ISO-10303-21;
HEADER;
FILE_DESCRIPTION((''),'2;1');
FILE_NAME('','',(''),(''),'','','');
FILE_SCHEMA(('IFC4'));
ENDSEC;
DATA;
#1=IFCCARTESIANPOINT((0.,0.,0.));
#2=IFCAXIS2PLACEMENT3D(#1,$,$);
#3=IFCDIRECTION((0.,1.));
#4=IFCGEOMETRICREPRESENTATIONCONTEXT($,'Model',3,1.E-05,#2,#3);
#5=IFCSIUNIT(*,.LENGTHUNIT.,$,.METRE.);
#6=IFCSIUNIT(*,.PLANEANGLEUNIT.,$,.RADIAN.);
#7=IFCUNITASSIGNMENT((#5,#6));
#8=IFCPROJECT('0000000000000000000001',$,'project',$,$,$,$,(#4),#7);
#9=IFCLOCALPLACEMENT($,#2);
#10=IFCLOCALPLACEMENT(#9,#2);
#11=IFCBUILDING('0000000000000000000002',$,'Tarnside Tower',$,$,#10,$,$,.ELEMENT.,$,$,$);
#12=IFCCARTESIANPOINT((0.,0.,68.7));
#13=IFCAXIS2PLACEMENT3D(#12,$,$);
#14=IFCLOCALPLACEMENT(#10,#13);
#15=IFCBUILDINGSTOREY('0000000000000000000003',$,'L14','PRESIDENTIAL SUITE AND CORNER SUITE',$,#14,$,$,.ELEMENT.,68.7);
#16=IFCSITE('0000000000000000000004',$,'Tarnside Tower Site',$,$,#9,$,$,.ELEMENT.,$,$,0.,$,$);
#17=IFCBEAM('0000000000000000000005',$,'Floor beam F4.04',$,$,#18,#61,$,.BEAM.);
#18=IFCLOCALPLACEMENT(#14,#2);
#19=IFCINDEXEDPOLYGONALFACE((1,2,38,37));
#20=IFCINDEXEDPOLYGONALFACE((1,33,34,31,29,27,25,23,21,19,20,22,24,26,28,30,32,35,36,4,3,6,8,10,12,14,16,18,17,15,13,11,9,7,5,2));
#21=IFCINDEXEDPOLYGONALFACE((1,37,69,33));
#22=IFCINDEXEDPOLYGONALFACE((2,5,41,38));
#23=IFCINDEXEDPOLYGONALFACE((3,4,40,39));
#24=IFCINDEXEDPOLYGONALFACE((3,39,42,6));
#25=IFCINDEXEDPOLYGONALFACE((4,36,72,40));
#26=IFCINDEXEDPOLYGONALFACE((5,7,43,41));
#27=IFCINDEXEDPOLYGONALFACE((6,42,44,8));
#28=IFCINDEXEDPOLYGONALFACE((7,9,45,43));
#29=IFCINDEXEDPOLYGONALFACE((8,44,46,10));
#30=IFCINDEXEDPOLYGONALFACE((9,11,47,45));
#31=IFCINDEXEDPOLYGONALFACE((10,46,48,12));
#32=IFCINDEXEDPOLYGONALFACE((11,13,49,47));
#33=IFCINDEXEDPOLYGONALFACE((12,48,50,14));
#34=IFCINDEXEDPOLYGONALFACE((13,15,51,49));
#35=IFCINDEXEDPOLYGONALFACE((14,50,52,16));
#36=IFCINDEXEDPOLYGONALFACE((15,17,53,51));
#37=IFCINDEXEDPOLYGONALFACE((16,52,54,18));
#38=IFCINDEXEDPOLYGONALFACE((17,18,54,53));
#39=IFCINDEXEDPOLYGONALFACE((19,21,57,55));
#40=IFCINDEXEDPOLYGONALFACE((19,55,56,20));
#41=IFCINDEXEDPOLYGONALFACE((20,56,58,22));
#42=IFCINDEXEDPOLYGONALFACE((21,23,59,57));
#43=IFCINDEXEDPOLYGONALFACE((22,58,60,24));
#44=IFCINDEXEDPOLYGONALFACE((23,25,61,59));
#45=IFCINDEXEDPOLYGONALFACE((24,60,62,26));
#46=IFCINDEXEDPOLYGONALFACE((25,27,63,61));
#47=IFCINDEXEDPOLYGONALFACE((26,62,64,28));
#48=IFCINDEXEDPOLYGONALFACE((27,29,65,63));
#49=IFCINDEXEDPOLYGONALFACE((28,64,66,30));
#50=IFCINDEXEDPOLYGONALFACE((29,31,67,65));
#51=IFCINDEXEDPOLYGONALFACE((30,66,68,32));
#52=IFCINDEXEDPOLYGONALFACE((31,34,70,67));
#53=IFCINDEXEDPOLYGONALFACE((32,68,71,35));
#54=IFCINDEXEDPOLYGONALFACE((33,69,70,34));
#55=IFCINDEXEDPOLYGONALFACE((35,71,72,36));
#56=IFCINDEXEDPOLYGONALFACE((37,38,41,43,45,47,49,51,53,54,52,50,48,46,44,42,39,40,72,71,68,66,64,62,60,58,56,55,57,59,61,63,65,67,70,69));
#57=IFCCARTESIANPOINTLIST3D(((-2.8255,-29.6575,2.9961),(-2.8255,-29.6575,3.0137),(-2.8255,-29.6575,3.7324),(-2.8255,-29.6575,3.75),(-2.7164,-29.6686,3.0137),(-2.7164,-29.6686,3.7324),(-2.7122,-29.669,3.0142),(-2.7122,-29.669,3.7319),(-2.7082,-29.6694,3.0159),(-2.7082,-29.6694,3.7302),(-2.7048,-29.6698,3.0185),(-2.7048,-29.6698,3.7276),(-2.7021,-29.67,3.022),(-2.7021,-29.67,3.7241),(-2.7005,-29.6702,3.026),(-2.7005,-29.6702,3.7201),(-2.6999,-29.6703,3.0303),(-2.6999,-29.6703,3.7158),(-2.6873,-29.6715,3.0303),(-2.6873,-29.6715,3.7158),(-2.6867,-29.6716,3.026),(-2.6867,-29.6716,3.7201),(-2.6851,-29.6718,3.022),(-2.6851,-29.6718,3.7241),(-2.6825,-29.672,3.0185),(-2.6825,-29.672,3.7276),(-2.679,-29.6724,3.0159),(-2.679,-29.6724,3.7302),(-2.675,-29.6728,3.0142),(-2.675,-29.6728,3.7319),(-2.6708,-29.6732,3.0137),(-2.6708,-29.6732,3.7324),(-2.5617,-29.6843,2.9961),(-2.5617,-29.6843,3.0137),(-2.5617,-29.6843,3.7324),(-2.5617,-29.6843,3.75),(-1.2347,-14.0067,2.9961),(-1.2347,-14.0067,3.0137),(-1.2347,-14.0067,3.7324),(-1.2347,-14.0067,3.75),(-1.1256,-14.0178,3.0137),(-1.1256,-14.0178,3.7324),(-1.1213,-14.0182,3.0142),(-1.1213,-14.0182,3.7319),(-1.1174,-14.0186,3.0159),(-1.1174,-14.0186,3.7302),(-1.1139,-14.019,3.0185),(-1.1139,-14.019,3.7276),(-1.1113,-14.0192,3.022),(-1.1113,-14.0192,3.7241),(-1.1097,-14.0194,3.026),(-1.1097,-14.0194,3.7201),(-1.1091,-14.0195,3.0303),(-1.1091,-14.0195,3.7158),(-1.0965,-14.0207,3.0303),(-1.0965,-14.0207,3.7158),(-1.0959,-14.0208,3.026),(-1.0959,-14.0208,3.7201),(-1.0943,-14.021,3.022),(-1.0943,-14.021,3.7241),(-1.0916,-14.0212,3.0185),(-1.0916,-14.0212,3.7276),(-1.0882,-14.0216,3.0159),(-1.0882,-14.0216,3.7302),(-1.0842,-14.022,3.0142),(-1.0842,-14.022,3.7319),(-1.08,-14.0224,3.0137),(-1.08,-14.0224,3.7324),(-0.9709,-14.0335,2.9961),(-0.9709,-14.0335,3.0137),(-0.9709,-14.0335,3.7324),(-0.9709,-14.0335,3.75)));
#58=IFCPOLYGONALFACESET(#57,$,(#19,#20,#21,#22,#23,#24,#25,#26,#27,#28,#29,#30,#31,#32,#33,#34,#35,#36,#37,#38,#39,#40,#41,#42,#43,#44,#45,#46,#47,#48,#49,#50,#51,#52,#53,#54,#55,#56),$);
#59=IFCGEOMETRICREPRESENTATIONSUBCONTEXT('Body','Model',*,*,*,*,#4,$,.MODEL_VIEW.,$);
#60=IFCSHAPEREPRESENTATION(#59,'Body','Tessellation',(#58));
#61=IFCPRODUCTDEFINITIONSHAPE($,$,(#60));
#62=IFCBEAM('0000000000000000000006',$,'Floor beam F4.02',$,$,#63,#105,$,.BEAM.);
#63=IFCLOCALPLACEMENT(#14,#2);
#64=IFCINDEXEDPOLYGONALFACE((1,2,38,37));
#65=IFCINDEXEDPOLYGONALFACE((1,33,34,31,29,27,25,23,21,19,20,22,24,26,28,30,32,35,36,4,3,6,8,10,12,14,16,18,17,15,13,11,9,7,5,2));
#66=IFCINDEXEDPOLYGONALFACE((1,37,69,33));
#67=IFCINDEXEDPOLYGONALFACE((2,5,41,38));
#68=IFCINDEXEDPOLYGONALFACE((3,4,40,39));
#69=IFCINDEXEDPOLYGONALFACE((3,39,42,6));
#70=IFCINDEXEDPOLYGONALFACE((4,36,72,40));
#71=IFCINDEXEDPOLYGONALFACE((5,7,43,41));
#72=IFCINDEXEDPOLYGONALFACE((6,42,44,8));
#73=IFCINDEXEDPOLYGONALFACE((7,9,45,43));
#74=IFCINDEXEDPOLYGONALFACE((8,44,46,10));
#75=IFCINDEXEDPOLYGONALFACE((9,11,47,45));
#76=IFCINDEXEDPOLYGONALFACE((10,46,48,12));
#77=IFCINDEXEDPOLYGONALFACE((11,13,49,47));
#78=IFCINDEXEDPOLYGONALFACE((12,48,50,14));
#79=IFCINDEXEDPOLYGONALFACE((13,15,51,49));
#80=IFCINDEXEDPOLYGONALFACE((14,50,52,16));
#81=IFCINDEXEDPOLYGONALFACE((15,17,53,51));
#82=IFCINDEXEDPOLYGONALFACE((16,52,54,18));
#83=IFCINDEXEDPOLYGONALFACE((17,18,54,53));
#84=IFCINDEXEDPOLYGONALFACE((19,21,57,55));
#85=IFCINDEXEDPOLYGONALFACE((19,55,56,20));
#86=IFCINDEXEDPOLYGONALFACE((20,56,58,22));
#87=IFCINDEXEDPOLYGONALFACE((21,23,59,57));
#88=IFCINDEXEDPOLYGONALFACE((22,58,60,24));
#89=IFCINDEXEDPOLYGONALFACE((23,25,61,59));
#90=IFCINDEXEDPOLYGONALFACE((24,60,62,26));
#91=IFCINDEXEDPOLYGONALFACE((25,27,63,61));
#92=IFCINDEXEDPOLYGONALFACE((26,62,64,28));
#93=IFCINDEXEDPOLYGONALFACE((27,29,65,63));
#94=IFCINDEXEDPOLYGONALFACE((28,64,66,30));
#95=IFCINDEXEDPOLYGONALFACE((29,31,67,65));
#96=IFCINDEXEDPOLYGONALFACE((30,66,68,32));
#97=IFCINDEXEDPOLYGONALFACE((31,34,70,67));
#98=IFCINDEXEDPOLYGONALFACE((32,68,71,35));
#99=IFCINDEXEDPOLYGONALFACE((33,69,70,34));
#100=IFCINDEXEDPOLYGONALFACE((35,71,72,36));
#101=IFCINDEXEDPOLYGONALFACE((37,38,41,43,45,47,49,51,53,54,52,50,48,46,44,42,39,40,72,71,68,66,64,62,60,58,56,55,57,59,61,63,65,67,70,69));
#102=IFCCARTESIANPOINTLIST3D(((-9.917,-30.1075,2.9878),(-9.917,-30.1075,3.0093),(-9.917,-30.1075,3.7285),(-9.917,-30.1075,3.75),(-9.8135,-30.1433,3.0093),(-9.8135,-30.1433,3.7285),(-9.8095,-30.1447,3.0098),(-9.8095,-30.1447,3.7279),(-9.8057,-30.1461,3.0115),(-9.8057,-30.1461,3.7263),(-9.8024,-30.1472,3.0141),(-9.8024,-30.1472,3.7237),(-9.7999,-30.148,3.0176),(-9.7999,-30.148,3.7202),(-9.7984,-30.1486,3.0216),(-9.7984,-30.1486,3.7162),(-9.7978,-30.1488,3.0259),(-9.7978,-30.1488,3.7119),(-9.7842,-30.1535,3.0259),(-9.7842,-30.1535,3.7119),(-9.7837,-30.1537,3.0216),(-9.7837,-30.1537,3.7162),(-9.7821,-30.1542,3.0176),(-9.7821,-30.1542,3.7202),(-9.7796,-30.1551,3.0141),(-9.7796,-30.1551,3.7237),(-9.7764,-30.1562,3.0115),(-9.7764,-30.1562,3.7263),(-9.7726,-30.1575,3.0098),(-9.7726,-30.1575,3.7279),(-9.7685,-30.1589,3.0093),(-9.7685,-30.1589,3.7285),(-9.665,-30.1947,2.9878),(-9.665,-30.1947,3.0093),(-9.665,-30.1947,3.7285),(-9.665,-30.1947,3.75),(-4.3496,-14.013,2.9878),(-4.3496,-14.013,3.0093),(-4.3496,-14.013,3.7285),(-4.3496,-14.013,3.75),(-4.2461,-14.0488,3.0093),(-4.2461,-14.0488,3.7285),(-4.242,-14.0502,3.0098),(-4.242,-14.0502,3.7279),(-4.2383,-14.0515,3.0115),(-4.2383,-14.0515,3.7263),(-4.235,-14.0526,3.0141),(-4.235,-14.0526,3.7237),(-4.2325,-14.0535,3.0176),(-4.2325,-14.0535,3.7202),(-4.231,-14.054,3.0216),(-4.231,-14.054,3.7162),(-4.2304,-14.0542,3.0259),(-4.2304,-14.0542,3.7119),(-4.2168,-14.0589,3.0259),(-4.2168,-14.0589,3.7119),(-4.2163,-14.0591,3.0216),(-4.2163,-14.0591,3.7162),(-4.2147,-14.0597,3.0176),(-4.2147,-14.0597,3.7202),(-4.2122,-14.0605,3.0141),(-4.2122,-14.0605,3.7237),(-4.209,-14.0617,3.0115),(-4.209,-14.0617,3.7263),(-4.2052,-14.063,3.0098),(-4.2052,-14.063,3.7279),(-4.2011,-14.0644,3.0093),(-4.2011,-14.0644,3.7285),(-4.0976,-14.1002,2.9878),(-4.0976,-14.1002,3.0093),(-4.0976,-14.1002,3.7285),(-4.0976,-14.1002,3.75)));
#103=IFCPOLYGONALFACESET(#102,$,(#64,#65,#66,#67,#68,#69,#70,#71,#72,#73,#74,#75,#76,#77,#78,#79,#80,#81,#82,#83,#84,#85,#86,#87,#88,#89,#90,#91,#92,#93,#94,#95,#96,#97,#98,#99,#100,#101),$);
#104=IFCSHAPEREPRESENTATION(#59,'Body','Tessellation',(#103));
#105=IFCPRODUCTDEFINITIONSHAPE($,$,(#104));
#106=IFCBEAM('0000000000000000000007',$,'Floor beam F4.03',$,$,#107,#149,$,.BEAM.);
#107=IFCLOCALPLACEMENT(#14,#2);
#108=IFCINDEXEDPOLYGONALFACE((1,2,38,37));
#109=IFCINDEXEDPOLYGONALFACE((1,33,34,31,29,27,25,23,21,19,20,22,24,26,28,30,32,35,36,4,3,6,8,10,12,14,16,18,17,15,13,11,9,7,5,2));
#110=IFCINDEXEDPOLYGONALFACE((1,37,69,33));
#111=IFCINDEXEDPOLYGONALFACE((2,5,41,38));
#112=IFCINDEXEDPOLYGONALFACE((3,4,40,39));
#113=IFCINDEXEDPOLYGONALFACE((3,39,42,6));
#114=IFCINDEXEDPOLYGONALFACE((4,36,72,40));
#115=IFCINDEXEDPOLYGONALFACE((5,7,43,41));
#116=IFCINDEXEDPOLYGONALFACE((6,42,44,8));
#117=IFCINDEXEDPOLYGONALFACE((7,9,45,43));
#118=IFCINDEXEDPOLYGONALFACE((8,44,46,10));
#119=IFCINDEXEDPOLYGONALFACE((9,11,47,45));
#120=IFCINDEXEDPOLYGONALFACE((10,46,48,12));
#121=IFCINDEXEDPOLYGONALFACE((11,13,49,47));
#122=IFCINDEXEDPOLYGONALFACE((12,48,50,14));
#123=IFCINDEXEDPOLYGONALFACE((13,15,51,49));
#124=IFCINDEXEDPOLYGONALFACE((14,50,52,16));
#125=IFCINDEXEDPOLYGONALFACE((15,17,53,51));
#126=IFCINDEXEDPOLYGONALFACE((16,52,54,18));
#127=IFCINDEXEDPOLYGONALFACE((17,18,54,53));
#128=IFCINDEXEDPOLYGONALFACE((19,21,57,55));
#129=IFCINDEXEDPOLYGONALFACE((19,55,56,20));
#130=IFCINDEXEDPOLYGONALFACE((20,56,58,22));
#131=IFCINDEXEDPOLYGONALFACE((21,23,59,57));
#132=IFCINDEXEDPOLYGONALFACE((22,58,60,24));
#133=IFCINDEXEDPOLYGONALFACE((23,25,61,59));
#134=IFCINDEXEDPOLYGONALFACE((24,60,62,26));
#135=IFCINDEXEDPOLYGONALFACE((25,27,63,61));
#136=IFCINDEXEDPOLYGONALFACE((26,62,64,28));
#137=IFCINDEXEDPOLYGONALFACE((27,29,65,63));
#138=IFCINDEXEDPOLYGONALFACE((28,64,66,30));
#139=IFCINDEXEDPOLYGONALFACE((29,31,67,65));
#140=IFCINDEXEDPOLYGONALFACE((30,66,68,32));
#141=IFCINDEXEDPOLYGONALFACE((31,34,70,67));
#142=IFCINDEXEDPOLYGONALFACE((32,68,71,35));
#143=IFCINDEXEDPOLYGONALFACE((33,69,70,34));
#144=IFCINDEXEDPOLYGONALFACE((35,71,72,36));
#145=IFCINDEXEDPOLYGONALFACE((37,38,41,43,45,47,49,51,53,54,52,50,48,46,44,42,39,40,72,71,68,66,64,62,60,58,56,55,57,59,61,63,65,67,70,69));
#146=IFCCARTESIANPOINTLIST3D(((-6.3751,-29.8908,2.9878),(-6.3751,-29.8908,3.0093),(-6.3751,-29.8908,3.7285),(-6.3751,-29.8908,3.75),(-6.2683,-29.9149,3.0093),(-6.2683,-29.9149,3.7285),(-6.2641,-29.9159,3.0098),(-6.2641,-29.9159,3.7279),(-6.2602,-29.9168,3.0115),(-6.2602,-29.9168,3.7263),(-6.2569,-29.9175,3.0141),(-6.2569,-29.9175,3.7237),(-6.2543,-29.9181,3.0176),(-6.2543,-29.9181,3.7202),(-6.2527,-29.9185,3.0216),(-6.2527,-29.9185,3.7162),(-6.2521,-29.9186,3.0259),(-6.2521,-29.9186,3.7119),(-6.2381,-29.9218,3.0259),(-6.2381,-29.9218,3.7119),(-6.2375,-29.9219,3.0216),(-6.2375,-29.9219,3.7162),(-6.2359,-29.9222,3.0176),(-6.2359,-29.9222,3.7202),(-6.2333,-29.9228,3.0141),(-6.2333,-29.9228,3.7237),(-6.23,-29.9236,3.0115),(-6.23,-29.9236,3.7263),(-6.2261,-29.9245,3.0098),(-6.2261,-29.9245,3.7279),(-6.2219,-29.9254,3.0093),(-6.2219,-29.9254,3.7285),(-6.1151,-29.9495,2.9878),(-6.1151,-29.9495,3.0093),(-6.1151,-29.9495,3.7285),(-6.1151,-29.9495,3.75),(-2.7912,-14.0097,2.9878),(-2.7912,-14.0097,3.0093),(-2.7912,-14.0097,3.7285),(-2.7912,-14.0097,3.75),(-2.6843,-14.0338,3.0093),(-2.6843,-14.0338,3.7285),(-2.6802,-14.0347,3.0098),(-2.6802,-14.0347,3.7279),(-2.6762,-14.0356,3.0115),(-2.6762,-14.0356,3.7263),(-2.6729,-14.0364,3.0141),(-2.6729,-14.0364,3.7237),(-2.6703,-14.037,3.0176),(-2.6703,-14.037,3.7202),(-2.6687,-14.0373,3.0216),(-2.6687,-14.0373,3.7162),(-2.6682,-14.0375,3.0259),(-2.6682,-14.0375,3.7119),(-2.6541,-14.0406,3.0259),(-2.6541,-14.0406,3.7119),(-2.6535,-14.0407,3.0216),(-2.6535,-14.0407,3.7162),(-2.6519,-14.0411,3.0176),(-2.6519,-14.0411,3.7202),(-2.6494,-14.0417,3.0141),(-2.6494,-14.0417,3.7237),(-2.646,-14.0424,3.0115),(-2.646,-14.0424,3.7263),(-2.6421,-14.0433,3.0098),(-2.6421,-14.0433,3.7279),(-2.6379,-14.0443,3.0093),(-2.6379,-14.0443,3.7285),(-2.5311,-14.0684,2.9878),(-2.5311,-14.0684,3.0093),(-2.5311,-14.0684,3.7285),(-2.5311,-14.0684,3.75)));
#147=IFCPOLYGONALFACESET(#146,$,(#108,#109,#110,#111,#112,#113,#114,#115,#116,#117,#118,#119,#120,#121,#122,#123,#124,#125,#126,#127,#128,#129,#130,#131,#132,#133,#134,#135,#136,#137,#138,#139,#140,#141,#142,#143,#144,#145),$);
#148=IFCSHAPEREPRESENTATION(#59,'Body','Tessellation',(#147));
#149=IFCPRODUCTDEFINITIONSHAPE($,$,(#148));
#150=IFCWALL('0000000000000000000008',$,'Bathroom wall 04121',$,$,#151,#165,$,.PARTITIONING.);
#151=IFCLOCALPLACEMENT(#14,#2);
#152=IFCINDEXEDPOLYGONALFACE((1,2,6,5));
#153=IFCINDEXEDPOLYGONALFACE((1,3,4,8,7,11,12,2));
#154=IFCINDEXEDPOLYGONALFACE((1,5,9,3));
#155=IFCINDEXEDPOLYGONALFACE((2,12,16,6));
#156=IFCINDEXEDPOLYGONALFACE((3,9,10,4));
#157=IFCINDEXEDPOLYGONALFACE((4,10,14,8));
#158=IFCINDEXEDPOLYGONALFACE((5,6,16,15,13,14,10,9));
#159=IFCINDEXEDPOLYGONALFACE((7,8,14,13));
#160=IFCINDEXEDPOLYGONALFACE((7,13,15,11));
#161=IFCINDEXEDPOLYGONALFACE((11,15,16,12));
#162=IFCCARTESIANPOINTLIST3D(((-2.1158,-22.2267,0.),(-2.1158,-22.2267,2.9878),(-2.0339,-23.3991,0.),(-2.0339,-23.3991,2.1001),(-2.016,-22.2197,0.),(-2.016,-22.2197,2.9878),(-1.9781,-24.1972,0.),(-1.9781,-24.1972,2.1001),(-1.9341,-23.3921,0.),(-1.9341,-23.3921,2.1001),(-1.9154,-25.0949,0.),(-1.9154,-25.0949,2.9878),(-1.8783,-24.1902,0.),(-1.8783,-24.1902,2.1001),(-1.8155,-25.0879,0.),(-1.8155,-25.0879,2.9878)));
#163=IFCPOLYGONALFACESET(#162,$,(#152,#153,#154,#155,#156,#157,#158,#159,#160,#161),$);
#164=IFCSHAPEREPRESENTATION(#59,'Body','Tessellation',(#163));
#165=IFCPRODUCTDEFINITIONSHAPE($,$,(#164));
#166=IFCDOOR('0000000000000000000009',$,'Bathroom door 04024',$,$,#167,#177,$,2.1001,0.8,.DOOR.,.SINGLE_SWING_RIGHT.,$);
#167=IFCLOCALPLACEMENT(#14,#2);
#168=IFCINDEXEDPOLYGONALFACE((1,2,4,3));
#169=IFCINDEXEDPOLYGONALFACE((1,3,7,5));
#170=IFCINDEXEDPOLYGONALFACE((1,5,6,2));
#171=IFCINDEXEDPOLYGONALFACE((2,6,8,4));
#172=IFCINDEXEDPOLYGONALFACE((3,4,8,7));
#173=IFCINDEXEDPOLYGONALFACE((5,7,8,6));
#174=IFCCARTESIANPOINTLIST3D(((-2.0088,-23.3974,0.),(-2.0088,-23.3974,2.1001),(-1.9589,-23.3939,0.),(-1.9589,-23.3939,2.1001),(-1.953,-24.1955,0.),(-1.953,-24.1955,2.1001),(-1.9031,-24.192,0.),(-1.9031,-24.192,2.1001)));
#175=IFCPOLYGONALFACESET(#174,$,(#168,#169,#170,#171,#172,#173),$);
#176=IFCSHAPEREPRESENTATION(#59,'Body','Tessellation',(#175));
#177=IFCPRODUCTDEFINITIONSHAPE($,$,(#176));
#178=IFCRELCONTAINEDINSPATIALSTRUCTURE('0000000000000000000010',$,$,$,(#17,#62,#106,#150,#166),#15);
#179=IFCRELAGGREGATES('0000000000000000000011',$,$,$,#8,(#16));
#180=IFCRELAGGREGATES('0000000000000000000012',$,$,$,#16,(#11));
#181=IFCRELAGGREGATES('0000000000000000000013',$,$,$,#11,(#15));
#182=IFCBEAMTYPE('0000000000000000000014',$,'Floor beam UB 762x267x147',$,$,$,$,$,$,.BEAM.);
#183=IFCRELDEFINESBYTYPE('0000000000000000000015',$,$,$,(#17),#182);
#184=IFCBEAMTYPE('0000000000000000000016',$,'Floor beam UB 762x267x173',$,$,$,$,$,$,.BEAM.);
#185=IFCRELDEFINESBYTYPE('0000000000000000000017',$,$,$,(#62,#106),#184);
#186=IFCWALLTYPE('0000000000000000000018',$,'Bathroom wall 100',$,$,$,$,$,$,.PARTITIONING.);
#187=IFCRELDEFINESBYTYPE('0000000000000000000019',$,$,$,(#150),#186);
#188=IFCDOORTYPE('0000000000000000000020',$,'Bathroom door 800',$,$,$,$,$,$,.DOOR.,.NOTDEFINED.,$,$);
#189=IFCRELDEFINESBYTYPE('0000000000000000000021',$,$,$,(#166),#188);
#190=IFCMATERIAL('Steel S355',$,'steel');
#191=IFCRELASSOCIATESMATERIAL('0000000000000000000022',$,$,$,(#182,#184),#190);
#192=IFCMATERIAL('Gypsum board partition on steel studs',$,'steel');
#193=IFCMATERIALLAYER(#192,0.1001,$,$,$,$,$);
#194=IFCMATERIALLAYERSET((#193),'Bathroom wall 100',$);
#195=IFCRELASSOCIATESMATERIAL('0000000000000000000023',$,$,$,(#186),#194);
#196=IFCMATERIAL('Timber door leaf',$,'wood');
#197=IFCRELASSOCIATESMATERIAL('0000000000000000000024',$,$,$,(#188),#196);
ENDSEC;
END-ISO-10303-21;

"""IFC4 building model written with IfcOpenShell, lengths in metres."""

from ifc_helpers import new_model, si_unit, direction, frame, frame_2d, origin, origin_2d, place, context, subcontext, project, spatial, rectangle, i_section, extrude, material, layer, layer_set, material_profile, profile_set, type_object, element, fill, save


model = new_model("IFC4")

# Units and contexts
model_context = context("Model", 3, precision=1e-05, world=origin(), true_north=direction((0.0, 1.0)))
body_context = subcontext(model_context, "Body", "Model", "MODEL_VIEW")
ifc_project = project(units=[si_unit("LENGTHUNIT", "METRE"), si_unit("PLANEANGLEUNIT", "RADIAN")], contexts=[model_context])

# Site, building, storey
site_placement = place(None, origin())
site = spatial("IfcSite", under=ifc_project, at=site_placement, Name="Tarnside Tower Site", CompositionType="ELEMENT", RefElevation=0.0)
building_placement = place(site_placement, origin())
building = spatial("IfcBuilding", under=site, at=building_placement, Name="Tarnside Tower", CompositionType="ELEMENT")
storey_placement = place(building_placement, frame((0.0, 0.0, 68.7)))
storey = spatial("IfcBuildingStorey", under=building, at=storey_placement, Name="L14", Description="PRESIDENTIAL SUITE AND CORNER SUITE", CompositionType="ELEMENT", Elevation=68.7)

# Beams
ifc_material_1 = material(Name="Steel S355", Category="steel")
ifc_material_profile_1 = material_profile(ifc_material_1, i_section(OverallWidth=0.2651, OverallDepth=0.7539, WebThickness=0.0127, FlangeThickness=0.0176, FilletRadius=0.0166, at=origin_2d()), Name="UB 762x267x147")
ifc_profile_set_1 = profile_set([ifc_material_profile_1], Name="Steel S355")
beam_type_1 = type_object("IfcBeamType", Name="Floor beam UB 762x267x147", PredefinedType="BEAM", material=ifc_profile_set_1)
beam_1_placement = place(storey_placement, frame((-2.6936, -29.6709, 3.373), z_axis=(0.101123, 0.994874, 0.0), x_axis=(-0.994874, 0.101123, 0.0)))
element("IfcBeam", 1, at=beam_1_placement, inside=storey, type_object=beam_type_1, Name="Floor beam F4.04", PredefinedType="BEAM", context=body_context, shape_type="SweptSolid", body=[
    extrude(i_section(OverallWidth=0.2651, OverallDepth=0.7539, WebThickness=0.0127, FlangeThickness=0.0176, FilletRadius=0.0166, at=origin_2d()), origin(), (0.0, 0.0, 1.0), 15.7314),
])
ifc_material_profile_2 = material_profile(ifc_material_1, i_section(OverallWidth=0.2666, OverallDepth=0.7622, WebThickness=0.0144, FlangeThickness=0.0215, FilletRadius=0.0166, at=origin_2d()), Name="UB 762x267x173")
ifc_profile_set_2 = profile_set([ifc_material_profile_2], Name="Steel S355")
beam_type_2 = type_object("IfcBeamType", Name="Floor beam UB 762x267x173", PredefinedType="BEAM", material=ifc_profile_set_2)
beam_2_placement = place(storey_placement, frame((-9.791, -30.1511, 3.3689), z_axis=(0.326912, 0.945055, 0.0), x_axis=(-0.945055, 0.326912, 0.0)))
element("IfcBeam", 2, at=beam_2_placement, inside=storey, type_object=beam_type_2, Name="Floor beam F4.02", PredefinedType="BEAM", context=body_context, shape_type="SweptSolid", body=[
    extrude(i_section(OverallWidth=0.2666, OverallDepth=0.7622, WebThickness=0.0144, FlangeThickness=0.0215, FilletRadius=0.0166, at=origin_2d()), origin(), (0.0, 0.0, 1.0), 17.0303),
])
beam_3_placement = place(storey_placement, frame((-6.2451, -29.9202, 3.3689), z_axis=(0.22014, 0.975468, 0.0), x_axis=(-0.975468, 0.22014, 0.0)))
element("IfcBeam", 3, at=beam_3_placement, inside=storey, type_object=beam_type_2, Name="Floor beam F4.03", PredefinedType="BEAM", context=body_context, shape_type="SweptSolid", body=[
    extrude(i_section(OverallWidth=0.2666, OverallDepth=0.7622, WebThickness=0.0144, FlangeThickness=0.0215, FilletRadius=0.0166, at=origin_2d()), origin(), (0.0, 0.0, 1.0), 16.2805),
])

# Wall, opening, door
ifc_material_2 = material(Name="Gypsum board partition on steel studs", Category="steel")
ifc_layer_1 = layer(ifc_material_2, 0.1001)
ifc_layer_set_1 = layer_set([ifc_layer_1], Name="Bathroom wall 100")
wall_type_1 = type_object("IfcWallType", Name="Bathroom wall 100", PredefinedType="PARTITIONING", material=ifc_layer_set_1)
wall_1_placement = place(storey_placement, frame((-1.8655, -25.0913, 0.0), z_axis=(0.0, 0.0, 1.0), x_axis=(-0.069714, 0.997567, 0.0)))
wall_1 = element("IfcWall", 4, at=wall_1_placement, inside=storey, type_object=wall_type_1, Name="Bathroom wall 04121", PredefinedType="PARTITIONING", context=body_context, shape_type="SweptSolid", body=[
    extrude(rectangle(XDim=2.8752, YDim=0.1001, at=frame_2d((1.4375, 0.0))), origin(), (0.0, 0.0, 1.0), 2.9878),
])
opening_1_placement = place(wall_1_placement, frame((0.8999, 0.0, 0.0)))
opening_1 = element("IfcOpeningElement", 5, at=opening_1_placement, cuts=wall_1, PredefinedType="OPENING", context=body_context, shape_type="SweptSolid", body=[
    extrude(rectangle(XDim=0.8, YDim=2.1001, at=frame_2d((0.3999, 1.05))), frame((0.0, 0.0601, 0.0), z_axis=(0.0, -1.0, 0.0), x_axis=(1.0, 0.0, 0.0)), (0.0, 0.0, 1.0), 0.1201),
])
ifc_material_3 = material(Name="Timber door leaf", Category="wood")
door_type_1 = type_object("IfcDoorType", Name="Bathroom door 800", OperationType="NOTDEFINED", PredefinedType="DOOR", material=ifc_material_3)
door_1_placement = place(opening_1_placement, origin())
door_1 = element("IfcDoor", 6, at=door_1_placement, inside=storey, type_object=door_type_1, Name="Bathroom door 04024", OperationType="SINGLE_SWING_RIGHT", OverallHeight=2.1001, OverallWidth=0.8, PredefinedType="DOOR", context=body_context, shape_type="SweptSolid", body=[
    extrude(rectangle(XDim=0.8, YDim=2.1001, at=frame_2d((0.3999, 1.05))), frame((0.0, 0.0249, 0.0), z_axis=(0.0, -1.0, 0.0), x_axis=(1.0, 0.0, 0.0)), (0.0, 0.0, 1.0), 0.05),
])
fill(opening_1, door_1)

save(model, "model.ifc")
